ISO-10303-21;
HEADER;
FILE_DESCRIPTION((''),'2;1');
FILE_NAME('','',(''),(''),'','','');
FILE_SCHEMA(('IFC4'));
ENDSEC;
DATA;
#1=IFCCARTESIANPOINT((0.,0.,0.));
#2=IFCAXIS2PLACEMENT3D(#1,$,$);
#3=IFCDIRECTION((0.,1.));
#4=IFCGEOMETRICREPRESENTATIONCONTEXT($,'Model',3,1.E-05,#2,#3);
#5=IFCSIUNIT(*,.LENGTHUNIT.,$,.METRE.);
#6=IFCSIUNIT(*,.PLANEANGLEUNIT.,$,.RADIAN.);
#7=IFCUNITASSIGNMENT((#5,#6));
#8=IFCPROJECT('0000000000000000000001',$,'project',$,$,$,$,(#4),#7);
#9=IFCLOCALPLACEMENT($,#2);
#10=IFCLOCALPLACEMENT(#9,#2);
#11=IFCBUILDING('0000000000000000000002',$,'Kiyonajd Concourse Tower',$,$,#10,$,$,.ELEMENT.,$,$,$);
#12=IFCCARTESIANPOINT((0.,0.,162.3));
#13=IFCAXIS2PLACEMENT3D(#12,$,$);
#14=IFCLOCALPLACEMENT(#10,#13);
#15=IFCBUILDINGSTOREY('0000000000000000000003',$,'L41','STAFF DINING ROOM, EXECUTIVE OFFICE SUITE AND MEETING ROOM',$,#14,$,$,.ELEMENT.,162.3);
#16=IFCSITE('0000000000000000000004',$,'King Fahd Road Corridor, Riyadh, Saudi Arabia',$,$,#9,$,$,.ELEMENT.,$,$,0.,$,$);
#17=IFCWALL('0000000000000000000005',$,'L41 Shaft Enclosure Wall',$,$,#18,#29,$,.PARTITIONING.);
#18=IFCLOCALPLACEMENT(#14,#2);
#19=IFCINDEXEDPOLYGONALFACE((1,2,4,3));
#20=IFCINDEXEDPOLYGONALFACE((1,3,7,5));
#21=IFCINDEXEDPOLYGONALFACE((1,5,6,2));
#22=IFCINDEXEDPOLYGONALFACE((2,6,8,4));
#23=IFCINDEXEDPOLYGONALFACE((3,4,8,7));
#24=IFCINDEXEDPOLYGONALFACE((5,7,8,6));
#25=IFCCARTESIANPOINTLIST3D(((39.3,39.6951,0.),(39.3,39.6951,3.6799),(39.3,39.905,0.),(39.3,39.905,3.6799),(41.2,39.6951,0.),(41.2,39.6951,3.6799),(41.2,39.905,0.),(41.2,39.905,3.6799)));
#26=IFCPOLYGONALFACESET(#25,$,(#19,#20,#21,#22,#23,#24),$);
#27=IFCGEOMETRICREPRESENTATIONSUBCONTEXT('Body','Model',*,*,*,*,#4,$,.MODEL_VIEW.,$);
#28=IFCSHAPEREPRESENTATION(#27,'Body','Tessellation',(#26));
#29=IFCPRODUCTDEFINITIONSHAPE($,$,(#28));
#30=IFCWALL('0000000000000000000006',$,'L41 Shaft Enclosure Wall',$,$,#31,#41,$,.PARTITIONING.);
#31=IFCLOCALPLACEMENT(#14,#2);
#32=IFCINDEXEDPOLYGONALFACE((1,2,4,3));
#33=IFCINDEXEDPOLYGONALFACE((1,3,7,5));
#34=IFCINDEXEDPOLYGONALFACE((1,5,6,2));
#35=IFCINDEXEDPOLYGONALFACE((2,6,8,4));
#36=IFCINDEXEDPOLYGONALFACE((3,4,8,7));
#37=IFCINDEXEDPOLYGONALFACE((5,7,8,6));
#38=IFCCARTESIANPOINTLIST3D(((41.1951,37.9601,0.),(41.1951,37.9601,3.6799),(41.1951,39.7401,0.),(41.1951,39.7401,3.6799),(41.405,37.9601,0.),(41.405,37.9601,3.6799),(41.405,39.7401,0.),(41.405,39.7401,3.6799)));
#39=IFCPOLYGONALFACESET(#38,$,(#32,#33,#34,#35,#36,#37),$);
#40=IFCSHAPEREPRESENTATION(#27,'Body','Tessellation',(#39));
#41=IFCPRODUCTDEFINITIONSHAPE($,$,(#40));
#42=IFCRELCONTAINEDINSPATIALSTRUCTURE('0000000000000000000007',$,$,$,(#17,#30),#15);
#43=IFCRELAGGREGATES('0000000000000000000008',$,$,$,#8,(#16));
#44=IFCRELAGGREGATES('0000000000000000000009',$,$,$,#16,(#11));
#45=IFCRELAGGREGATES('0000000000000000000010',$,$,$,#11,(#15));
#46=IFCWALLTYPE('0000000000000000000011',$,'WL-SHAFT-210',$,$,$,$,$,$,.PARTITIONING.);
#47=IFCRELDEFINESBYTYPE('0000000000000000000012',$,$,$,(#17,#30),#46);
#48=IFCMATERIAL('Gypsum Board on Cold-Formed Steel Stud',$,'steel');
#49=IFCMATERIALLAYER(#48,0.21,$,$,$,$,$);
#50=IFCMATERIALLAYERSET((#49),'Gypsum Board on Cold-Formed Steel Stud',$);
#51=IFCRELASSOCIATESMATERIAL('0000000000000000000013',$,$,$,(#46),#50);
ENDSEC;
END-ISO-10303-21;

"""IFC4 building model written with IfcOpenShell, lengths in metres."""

from ifc_helpers import new_model, si_unit, direction, frame, frame_2d, origin, place, context, subcontext, project, spatial, rectangle, extrude, material, layer, layer_set, type_object, element, save


model = new_model("IFC4")

# Units and contexts
model_context = context("Model", 3, precision=1e-05, world=origin(), true_north=direction((0.0, 1.0)))
body_context = subcontext(model_context, "Body", "Model", "MODEL_VIEW")
ifc_project = project(units=[si_unit("LENGTHUNIT", "METRE"), si_unit("PLANEANGLEUNIT", "RADIAN")], contexts=[model_context])

# Site, building, storey
site_placement = place(None, origin())
site = spatial("IfcSite", under=ifc_project, at=site_placement, Name="King Fahd Road Corridor, Riyadh, Saudi Arabia", CompositionType="ELEMENT", RefElevation=0.0)
building_placement = place(site_placement, origin())
building = spatial("IfcBuilding", under=site, at=building_placement, Name="Kiyonajd Concourse Tower", CompositionType="ELEMENT")
storey_placement = place(building_placement, frame((0.0, 0.0, 162.3)))
storey = spatial("IfcBuildingStorey", under=building, at=storey_placement, Name="L41", Description="STAFF DINING ROOM, EXECUTIVE OFFICE SUITE AND MEETING ROOM", CompositionType="ELEMENT", Elevation=162.3)

# Shared definitions
ifc_material_1 = material(Name="Gypsum Board on Cold-Formed Steel Stud", Category="steel")

# Shared definitions
ifc_layer_1 = layer(ifc_material_1, 0.21)
ifc_layer_set_1 = layer_set([ifc_layer_1], Name="Gypsum Board on Cold-Formed Steel Stud")
wall_type_1 = type_object("IfcWallType", Name="WL-SHAFT-210", PredefinedType="PARTITIONING", material=ifc_layer_set_1)

# Walls
for number, where, z_axis, x_axis, name in (
    (1, (39.3, 39.8, 0.0), (0.0, 0.0, 1.0), (1.0, 0.0, 0.0), "L41 Shaft Enclosure Wall"),
):
    element("IfcWall", number, at=place(storey_placement, frame(where, z_axis=z_axis, x_axis=x_axis)), inside=storey, type_object=wall_type_1, Name=name, PredefinedType="PARTITIONING", context=body_context, shape_type="SweptSolid", body=[
        extrude(rectangle(XDim=1.8999, YDim=0.21, at=frame_2d((0.95, 0.0))), origin(), (0.0, 0.0, 1.0), 3.6799),
    ])
wall_1_placement = place(storey_placement, frame((41.3, 37.96, 0.0), z_axis=(0.0, 0.0, 1.0), x_axis=(0.0, 1.0, 0.0)))
element("IfcWall", 2, at=wall_1_placement, inside=storey, type_object=wall_type_1, Name="L41 Shaft Enclosure Wall", PredefinedType="PARTITIONING", context=body_context, shape_type="SweptSolid", body=[
    extrude(rectangle(XDim=1.78, YDim=0.21, at=frame_2d((0.8901, 0.0))), origin(), (0.0, 0.0, 1.0), 3.6799),
])

save(model, "model.ifc")
